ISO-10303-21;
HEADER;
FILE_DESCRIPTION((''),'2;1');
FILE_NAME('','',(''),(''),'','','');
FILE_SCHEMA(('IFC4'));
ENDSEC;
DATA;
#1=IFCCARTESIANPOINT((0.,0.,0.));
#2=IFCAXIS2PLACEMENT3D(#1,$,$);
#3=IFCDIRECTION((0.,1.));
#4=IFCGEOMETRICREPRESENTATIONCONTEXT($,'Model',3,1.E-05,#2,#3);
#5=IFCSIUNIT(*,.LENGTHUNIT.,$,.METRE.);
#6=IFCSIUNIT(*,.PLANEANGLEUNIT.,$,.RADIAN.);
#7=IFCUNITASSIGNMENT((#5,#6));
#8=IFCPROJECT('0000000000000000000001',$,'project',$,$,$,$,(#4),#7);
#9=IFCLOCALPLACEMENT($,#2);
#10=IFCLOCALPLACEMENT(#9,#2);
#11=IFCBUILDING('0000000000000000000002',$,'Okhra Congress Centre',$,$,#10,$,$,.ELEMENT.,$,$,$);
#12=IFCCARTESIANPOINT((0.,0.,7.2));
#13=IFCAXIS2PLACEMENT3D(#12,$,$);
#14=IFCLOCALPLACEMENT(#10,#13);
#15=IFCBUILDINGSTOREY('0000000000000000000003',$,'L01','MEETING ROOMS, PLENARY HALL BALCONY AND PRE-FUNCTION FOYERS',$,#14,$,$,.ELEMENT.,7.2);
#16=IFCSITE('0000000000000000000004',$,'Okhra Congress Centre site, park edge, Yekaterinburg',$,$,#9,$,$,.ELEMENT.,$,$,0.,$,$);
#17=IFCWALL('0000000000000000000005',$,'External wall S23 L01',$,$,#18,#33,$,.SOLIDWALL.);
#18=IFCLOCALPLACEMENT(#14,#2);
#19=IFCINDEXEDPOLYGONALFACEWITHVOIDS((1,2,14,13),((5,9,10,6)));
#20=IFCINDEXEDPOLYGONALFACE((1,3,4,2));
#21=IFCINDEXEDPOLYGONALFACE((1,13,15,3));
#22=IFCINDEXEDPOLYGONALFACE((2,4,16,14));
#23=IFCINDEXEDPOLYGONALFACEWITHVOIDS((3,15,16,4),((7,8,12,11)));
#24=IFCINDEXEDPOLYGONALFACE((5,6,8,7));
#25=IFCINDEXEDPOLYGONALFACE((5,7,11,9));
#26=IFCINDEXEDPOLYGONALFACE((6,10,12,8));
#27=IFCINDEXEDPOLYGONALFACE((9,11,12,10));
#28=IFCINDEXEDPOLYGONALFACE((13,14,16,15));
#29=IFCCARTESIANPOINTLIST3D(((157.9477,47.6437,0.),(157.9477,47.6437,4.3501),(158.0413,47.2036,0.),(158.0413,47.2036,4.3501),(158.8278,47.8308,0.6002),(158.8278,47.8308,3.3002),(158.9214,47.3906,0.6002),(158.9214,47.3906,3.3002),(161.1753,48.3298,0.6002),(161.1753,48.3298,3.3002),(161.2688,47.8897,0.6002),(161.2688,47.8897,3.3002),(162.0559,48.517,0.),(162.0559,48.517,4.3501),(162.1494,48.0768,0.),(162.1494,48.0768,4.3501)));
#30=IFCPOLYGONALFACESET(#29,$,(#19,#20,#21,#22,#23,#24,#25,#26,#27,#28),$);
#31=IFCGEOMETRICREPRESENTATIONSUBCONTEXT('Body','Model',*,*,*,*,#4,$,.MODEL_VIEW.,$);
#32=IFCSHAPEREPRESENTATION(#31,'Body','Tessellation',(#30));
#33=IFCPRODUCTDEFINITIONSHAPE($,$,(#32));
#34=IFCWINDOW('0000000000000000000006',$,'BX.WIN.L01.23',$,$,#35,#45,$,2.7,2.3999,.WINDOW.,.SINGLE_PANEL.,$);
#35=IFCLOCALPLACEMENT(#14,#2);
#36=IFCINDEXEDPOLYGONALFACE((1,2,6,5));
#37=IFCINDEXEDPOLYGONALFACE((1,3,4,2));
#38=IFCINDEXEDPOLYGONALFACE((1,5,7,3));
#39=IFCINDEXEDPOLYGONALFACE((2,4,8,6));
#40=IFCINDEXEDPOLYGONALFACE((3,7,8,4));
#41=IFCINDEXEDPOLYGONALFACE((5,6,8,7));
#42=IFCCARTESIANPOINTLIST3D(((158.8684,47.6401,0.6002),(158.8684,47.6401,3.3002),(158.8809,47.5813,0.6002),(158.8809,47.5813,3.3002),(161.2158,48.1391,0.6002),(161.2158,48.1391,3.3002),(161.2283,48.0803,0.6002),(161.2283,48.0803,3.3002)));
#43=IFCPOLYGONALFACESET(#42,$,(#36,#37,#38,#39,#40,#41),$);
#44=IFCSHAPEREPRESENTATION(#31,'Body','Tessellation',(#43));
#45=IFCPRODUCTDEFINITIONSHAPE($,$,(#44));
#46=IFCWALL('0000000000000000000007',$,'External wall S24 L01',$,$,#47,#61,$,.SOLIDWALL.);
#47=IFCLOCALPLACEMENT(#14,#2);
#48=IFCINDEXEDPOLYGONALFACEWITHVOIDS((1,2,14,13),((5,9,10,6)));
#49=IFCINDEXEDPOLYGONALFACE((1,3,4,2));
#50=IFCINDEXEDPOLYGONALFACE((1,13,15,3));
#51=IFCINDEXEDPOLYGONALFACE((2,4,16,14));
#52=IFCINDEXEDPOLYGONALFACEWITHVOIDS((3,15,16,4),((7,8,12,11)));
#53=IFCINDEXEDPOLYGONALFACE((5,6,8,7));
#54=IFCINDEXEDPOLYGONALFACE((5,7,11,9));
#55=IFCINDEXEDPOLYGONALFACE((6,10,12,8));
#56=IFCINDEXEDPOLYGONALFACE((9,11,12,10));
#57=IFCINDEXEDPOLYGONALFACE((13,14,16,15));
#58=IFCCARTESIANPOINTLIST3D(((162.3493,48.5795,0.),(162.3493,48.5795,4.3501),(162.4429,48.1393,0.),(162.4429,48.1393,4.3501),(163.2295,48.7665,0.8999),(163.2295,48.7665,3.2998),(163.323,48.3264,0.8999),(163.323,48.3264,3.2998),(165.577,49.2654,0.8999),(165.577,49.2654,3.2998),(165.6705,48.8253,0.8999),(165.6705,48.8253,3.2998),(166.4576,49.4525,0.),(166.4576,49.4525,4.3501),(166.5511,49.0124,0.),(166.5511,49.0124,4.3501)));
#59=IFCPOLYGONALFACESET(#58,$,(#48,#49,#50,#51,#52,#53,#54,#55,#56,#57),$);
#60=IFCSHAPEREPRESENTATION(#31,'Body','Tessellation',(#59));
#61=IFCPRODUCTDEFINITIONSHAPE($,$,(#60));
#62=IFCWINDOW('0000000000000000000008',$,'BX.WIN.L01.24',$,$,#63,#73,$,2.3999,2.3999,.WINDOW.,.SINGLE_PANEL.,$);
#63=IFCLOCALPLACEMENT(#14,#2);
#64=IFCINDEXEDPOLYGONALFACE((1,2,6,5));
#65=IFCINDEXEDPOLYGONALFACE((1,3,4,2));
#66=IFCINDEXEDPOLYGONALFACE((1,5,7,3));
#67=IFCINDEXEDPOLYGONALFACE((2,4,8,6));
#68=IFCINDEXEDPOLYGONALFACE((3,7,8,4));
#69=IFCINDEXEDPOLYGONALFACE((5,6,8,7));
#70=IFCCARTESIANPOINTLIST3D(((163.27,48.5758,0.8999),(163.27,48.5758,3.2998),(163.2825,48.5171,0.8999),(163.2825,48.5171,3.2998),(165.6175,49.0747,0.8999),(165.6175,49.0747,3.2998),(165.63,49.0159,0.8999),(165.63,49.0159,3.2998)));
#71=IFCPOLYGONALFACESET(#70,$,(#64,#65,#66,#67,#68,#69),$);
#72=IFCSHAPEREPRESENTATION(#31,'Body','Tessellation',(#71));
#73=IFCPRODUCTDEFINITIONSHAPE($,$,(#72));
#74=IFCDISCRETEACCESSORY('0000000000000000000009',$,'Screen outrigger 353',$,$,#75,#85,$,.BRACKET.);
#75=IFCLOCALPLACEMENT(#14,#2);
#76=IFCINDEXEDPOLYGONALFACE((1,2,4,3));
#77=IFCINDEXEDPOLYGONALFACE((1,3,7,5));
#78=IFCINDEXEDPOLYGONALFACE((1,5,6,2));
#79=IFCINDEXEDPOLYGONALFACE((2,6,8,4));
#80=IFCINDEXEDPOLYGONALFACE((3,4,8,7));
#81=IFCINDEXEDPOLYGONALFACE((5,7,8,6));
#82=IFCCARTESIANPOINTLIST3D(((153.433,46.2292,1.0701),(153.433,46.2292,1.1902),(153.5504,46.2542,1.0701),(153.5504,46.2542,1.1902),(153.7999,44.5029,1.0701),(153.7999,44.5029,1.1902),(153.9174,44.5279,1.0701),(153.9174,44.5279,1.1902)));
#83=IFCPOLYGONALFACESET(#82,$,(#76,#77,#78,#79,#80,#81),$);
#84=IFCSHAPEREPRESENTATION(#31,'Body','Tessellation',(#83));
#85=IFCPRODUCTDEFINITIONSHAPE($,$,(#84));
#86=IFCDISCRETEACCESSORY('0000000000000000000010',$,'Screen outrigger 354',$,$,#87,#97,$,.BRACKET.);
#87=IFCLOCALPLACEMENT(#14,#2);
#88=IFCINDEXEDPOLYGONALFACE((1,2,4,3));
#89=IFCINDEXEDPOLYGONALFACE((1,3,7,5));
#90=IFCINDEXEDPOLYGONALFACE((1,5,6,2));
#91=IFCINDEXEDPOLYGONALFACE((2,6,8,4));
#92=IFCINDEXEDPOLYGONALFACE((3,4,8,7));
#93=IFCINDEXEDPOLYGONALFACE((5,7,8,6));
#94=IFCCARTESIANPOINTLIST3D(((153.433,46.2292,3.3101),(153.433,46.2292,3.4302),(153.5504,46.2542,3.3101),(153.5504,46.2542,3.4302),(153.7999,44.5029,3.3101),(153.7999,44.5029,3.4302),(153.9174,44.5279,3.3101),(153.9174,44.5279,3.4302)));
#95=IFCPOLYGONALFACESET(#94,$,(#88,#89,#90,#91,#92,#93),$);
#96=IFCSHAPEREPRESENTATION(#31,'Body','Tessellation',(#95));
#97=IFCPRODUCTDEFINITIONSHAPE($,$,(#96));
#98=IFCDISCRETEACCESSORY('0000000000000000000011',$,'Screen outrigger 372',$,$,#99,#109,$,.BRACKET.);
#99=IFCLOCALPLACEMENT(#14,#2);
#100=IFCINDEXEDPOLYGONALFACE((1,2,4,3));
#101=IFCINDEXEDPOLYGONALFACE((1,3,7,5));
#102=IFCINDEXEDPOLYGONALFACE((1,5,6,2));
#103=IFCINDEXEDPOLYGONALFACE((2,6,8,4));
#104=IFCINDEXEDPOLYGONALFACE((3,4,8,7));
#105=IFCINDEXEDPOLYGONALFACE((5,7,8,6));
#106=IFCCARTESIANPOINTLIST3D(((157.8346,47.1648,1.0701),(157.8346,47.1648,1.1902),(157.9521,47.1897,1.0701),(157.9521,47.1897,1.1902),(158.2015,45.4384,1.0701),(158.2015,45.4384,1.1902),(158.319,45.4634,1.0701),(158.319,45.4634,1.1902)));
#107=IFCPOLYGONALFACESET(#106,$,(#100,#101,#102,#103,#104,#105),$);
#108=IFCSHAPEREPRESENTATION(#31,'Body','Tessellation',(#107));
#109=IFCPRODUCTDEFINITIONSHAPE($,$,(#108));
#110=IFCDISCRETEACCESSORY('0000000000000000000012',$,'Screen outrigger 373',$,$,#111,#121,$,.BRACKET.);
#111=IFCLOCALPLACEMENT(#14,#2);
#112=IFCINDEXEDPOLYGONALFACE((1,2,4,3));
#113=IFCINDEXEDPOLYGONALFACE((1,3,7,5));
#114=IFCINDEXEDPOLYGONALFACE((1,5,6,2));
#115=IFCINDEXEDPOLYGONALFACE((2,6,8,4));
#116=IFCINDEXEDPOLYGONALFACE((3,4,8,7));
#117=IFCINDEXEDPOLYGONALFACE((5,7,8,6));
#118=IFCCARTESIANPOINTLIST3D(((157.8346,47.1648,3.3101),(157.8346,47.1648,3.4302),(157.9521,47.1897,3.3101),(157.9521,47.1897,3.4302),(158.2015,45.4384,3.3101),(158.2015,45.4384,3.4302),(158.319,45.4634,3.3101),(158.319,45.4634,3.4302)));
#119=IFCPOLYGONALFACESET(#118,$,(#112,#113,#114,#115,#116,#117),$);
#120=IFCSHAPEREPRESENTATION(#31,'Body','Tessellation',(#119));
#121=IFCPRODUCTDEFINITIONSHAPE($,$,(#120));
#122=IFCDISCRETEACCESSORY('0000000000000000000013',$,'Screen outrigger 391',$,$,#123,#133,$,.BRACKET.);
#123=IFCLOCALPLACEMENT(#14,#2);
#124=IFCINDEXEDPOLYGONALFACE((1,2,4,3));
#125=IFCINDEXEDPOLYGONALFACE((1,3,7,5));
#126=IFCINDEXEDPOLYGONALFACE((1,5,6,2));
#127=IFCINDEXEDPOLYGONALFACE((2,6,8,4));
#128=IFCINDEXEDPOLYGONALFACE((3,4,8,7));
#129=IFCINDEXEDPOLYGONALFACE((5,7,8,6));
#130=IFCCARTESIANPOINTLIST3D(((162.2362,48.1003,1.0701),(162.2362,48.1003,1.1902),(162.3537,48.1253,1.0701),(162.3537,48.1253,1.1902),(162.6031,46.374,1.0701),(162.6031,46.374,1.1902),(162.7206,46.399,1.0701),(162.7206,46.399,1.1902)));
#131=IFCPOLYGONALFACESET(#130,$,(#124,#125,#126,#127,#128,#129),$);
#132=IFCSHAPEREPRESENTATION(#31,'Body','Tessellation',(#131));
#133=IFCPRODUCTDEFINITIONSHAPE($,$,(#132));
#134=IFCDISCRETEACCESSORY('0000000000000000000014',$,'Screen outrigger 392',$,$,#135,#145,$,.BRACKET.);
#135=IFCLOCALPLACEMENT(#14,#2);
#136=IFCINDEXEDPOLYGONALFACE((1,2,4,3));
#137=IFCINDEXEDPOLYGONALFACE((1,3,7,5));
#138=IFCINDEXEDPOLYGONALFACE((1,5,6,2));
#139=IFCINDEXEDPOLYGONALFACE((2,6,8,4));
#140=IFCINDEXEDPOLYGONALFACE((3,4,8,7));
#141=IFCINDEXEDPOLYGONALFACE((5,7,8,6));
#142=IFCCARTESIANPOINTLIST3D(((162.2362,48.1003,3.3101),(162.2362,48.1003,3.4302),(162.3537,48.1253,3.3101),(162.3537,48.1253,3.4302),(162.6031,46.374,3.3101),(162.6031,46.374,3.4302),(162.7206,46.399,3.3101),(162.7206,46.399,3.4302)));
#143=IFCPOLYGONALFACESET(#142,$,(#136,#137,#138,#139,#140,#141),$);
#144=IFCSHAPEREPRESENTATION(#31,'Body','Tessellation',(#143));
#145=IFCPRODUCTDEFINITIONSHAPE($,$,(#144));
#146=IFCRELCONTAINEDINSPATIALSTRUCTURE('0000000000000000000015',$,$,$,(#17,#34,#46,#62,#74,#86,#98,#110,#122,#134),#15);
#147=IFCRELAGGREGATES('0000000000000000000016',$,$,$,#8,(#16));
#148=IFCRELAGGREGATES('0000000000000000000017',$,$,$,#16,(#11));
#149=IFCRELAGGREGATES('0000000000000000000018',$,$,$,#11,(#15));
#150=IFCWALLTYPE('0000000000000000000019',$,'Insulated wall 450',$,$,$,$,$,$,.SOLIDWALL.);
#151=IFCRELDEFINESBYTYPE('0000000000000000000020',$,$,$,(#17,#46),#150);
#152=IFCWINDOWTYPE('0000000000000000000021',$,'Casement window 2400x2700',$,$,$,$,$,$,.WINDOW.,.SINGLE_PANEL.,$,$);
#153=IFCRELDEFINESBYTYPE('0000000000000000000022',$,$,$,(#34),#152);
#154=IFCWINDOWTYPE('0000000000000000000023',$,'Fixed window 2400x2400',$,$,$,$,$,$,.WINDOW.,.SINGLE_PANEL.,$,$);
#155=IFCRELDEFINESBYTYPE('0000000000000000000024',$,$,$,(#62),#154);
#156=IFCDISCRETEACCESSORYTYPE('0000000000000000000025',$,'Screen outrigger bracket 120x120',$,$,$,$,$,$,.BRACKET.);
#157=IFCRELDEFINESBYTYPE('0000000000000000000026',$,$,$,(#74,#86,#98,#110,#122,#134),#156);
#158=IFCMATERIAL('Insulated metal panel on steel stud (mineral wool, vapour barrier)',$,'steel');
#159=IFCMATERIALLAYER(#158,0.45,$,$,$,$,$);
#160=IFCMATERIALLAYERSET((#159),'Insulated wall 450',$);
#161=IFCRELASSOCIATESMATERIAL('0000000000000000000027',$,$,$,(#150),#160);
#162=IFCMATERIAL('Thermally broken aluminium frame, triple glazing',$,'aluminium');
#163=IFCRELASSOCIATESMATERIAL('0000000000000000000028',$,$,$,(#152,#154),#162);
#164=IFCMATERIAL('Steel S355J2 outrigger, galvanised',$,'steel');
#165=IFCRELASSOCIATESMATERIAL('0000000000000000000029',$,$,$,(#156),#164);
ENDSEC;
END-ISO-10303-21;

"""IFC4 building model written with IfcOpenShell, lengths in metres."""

from ifc_helpers import new_model, si_unit, direction, frame, frame_2d, origin, origin_2d, place, context, subcontext, project, spatial, rectangle, extrude, material, layer, layer_set, material_profile, profile_set, type_object, element, fill, save


model = new_model("IFC4")

# Units and contexts
model_context = context("Model", 3, precision=1e-05, world=origin(), true_north=direction((0.0, 1.0)))
body_context = subcontext(model_context, "Body", "Model", "MODEL_VIEW")
ifc_project = project(units=[si_unit("LENGTHUNIT", "METRE"), si_unit("PLANEANGLEUNIT", "RADIAN")], contexts=[model_context])

# Site, building, storey
site_placement = place(None, origin())
site = spatial("IfcSite", under=ifc_project, at=site_placement, Name="Okhra Congress Centre site, park edge, Yekaterinburg", CompositionType="ELEMENT", RefElevation=0.0)
building_placement = place(site_placement, origin())
building = spatial("IfcBuilding", under=site, at=building_placement, Name="Okhra Congress Centre", CompositionType="ELEMENT")
storey_placement = place(building_placement, frame((0.0, 0.0, 7.2)))
storey = spatial("IfcBuildingStorey", under=building, at=storey_placement, Name="L01", Description="MEETING ROOMS, PLENARY HALL BALCONY AND PRE-FUNCTION FOYERS", CompositionType="ELEMENT", Elevation=7.2)

# Walls, openings, windows
ifc_material_1 = material(Name="Insulated metal panel on steel stud (mineral wool, vapour barrier)", Category="steel")
ifc_layer_1 = layer(ifc_material_1, 0.45)
ifc_layer_set_1 = layer_set([ifc_layer_1], Name="Insulated wall 450")
wall_type_1 = type_object("IfcWallType", Name="Insulated wall 450", PredefinedType="SOLIDWALL", material=ifc_layer_set_1)
ifc_material_2 = material(Name="Thermally broken aluminium frame, triple glazing", Category="aluminium")
window_type_1 = type_object("IfcWindowType", Name="Casement window 2400x2700", PartitioningType="SINGLE_PANEL", PredefinedType="WINDOW", material=ifc_material_2)
wall_1_placement = place(storey_placement, frame((157.9944, 47.4236, 0.0), z_axis=(0.0, 0.0, 1.0), x_axis=(0.978144, 0.207929, 0.0)))
wall_1 = element("IfcWall", 1, at=wall_1_placement, inside=storey, type_object=wall_type_1, Name="External wall S23 L01", PredefinedType="SOLIDWALL", context=body_context, shape_type="SweptSolid", body=[
    extrude(rectangle(XDim=4.2, YDim=0.45, at=frame_2d((2.1001, 0.0))), origin(), (0.0, 0.0, 1.0), 4.3501),
])
opening_1_placement = place(wall_1_placement, frame((0.8999, 0.0, 0.6001)))
opening_1 = element("IfcOpeningElement", 2, at=opening_1_placement, cuts=wall_1, PredefinedType="OPENING", context=body_context, shape_type="SweptSolid", body=[
    extrude(rectangle(XDim=2.3999, YDim=2.7, at=frame_2d((1.2, 1.3501))), frame((0.0, 0.2349, 0.0), z_axis=(0.0, -1.0, 0.0), x_axis=(1.0, 0.0, 0.0)), (0.0, 0.0, 1.0), 0.47),
])
window_1_placement = place(opening_1_placement, origin())
window_1 = element("IfcWindow", 3, at=window_1_placement, inside=storey, type_object=window_type_1, Name="BX.WIN.L01.23", OverallHeight=2.7, OverallWidth=2.3999, PartitioningType="SINGLE_PANEL", PredefinedType="WINDOW", context=body_context, shape_type="SweptSolid", body=[
    extrude(rectangle(XDim=2.3999, YDim=2.7, at=frame_2d((1.2, 1.3501))), frame((0.0, 0.03, 0.0), z_axis=(0.0, -1.0, 0.0), x_axis=(1.0, 0.0, 0.0)), (0.0, 0.0, 1.0), 0.0601),
])
fill(opening_1, window_1)
wall_2_placement = place(storey_placement, frame((162.396, 48.3594, 0.0), z_axis=(0.0, 0.0, 1.0), x_axis=(0.978156, 0.207873, 0.0)))
wall_2 = element("IfcWall", 4, at=wall_2_placement, inside=storey, type_object=wall_type_1, Name="External wall S24 L01", PredefinedType="SOLIDWALL", context=body_context, shape_type="SweptSolid", body=[
    extrude(rectangle(XDim=4.2, YDim=0.45, at=frame_2d((2.1001, 0.0))), origin(), (0.0, 0.0, 1.0), 4.3501),
])
opening_2_placement = place(wall_2_placement, frame((0.8999, 0.0, 0.8999)))
opening_2 = element("IfcOpeningElement", 5, at=opening_2_placement, cuts=wall_2, PredefinedType="OPENING", context=body_context, shape_type="SweptSolid", body=[
    extrude(rectangle(XDim=2.3999, YDim=2.3999, at=frame_2d((1.2, 1.2))), frame((0.0, 0.2349, 0.0), z_axis=(0.0, -1.0, 0.0), x_axis=(1.0, 0.0, 0.0)), (0.0, 0.0, 1.0), 0.47),
])
window_type_2 = type_object("IfcWindowType", Name="Fixed window 2400x2400", PartitioningType="SINGLE_PANEL", PredefinedType="WINDOW", material=ifc_material_2)
window_2_placement = place(opening_2_placement, origin())
window_2 = element("IfcWindow", 6, at=window_2_placement, inside=storey, type_object=window_type_2, Name="BX.WIN.L01.24", OverallHeight=2.3999, OverallWidth=2.3999, PartitioningType="SINGLE_PANEL", PredefinedType="WINDOW", context=body_context, shape_type="SweptSolid", body=[
    extrude(rectangle(XDim=2.3999, YDim=2.3999, at=frame_2d((1.2, 1.2))), frame((0.0, 0.03, 0.0), z_axis=(0.0, -1.0, 0.0), x_axis=(1.0, 0.0, 0.0)), (0.0, 0.0, 1.0), 0.0601),
])
fill(opening_2, window_2)

# Discrete accessories
ifc_material_3 = material(Name="Steel S355J2 outrigger, galvanised", Category="steel")
ifc_material_profile_1 = material_profile(ifc_material_3, rectangle(XDim=0.1201, YDim=0.1201, at=origin_2d()), Name="Screen outrigger bracket 120x120")
ifc_profile_set_1 = profile_set([ifc_material_profile_1], Name="Steel S355J2 outrigger, galvanised")
discrete_accessory_type = type_object("IfcDiscreteAccessoryType", Name="Screen outrigger bracket 120x120", PredefinedType="BRACKET", material=ifc_profile_set_1)
for number, where, z_axis, x_axis, name in (
    (7, (153.4917, 46.2417, 1.1301), (0.207913, -0.978147, 0.0), (0.978147, 0.207913, 0.0), "Screen outrigger 353"),
    (8, (153.4917, 46.2417, 3.3701), (0.207913, -0.978147, 0.0), (0.978147, 0.207913, 0.0), "Screen outrigger 354"),
    (9, (157.8933, 47.1772, 1.1301), (0.207913, -0.978147, 0.0), (0.978147, 0.207913, 0.0), "Screen outrigger 372"),
    (10, (157.8933, 47.1772, 3.3701), (0.207913, -0.978147, 0.0), (0.978147, 0.207913, 0.0), "Screen outrigger 373"),
    (11, (162.2949, 48.1128, 1.1301), (0.207913, -0.978147, 0.0), (0.978147, 0.207913, 0.0), "Screen outrigger 391"),
    (12, (162.2949, 48.1128, 3.3701), (0.207913, -0.978147, 0.0), (0.978147, 0.207913, 0.0), "Screen outrigger 392"),
):
    element("IfcDiscreteAccessory", number, at=place(storey_placement, frame(where, z_axis=z_axis, x_axis=x_axis)), inside=storey, type_object=discrete_accessory_type, Name=name, PredefinedType="BRACKET", context=body_context, shape_type="SweptSolid", body=[
        extrude(rectangle(XDim=0.1201, YDim=0.1201, at=origin_2d()), origin(), (0.0, 0.0, 1.0), 1.7649),
    ])

save(model, "model.ifc")
